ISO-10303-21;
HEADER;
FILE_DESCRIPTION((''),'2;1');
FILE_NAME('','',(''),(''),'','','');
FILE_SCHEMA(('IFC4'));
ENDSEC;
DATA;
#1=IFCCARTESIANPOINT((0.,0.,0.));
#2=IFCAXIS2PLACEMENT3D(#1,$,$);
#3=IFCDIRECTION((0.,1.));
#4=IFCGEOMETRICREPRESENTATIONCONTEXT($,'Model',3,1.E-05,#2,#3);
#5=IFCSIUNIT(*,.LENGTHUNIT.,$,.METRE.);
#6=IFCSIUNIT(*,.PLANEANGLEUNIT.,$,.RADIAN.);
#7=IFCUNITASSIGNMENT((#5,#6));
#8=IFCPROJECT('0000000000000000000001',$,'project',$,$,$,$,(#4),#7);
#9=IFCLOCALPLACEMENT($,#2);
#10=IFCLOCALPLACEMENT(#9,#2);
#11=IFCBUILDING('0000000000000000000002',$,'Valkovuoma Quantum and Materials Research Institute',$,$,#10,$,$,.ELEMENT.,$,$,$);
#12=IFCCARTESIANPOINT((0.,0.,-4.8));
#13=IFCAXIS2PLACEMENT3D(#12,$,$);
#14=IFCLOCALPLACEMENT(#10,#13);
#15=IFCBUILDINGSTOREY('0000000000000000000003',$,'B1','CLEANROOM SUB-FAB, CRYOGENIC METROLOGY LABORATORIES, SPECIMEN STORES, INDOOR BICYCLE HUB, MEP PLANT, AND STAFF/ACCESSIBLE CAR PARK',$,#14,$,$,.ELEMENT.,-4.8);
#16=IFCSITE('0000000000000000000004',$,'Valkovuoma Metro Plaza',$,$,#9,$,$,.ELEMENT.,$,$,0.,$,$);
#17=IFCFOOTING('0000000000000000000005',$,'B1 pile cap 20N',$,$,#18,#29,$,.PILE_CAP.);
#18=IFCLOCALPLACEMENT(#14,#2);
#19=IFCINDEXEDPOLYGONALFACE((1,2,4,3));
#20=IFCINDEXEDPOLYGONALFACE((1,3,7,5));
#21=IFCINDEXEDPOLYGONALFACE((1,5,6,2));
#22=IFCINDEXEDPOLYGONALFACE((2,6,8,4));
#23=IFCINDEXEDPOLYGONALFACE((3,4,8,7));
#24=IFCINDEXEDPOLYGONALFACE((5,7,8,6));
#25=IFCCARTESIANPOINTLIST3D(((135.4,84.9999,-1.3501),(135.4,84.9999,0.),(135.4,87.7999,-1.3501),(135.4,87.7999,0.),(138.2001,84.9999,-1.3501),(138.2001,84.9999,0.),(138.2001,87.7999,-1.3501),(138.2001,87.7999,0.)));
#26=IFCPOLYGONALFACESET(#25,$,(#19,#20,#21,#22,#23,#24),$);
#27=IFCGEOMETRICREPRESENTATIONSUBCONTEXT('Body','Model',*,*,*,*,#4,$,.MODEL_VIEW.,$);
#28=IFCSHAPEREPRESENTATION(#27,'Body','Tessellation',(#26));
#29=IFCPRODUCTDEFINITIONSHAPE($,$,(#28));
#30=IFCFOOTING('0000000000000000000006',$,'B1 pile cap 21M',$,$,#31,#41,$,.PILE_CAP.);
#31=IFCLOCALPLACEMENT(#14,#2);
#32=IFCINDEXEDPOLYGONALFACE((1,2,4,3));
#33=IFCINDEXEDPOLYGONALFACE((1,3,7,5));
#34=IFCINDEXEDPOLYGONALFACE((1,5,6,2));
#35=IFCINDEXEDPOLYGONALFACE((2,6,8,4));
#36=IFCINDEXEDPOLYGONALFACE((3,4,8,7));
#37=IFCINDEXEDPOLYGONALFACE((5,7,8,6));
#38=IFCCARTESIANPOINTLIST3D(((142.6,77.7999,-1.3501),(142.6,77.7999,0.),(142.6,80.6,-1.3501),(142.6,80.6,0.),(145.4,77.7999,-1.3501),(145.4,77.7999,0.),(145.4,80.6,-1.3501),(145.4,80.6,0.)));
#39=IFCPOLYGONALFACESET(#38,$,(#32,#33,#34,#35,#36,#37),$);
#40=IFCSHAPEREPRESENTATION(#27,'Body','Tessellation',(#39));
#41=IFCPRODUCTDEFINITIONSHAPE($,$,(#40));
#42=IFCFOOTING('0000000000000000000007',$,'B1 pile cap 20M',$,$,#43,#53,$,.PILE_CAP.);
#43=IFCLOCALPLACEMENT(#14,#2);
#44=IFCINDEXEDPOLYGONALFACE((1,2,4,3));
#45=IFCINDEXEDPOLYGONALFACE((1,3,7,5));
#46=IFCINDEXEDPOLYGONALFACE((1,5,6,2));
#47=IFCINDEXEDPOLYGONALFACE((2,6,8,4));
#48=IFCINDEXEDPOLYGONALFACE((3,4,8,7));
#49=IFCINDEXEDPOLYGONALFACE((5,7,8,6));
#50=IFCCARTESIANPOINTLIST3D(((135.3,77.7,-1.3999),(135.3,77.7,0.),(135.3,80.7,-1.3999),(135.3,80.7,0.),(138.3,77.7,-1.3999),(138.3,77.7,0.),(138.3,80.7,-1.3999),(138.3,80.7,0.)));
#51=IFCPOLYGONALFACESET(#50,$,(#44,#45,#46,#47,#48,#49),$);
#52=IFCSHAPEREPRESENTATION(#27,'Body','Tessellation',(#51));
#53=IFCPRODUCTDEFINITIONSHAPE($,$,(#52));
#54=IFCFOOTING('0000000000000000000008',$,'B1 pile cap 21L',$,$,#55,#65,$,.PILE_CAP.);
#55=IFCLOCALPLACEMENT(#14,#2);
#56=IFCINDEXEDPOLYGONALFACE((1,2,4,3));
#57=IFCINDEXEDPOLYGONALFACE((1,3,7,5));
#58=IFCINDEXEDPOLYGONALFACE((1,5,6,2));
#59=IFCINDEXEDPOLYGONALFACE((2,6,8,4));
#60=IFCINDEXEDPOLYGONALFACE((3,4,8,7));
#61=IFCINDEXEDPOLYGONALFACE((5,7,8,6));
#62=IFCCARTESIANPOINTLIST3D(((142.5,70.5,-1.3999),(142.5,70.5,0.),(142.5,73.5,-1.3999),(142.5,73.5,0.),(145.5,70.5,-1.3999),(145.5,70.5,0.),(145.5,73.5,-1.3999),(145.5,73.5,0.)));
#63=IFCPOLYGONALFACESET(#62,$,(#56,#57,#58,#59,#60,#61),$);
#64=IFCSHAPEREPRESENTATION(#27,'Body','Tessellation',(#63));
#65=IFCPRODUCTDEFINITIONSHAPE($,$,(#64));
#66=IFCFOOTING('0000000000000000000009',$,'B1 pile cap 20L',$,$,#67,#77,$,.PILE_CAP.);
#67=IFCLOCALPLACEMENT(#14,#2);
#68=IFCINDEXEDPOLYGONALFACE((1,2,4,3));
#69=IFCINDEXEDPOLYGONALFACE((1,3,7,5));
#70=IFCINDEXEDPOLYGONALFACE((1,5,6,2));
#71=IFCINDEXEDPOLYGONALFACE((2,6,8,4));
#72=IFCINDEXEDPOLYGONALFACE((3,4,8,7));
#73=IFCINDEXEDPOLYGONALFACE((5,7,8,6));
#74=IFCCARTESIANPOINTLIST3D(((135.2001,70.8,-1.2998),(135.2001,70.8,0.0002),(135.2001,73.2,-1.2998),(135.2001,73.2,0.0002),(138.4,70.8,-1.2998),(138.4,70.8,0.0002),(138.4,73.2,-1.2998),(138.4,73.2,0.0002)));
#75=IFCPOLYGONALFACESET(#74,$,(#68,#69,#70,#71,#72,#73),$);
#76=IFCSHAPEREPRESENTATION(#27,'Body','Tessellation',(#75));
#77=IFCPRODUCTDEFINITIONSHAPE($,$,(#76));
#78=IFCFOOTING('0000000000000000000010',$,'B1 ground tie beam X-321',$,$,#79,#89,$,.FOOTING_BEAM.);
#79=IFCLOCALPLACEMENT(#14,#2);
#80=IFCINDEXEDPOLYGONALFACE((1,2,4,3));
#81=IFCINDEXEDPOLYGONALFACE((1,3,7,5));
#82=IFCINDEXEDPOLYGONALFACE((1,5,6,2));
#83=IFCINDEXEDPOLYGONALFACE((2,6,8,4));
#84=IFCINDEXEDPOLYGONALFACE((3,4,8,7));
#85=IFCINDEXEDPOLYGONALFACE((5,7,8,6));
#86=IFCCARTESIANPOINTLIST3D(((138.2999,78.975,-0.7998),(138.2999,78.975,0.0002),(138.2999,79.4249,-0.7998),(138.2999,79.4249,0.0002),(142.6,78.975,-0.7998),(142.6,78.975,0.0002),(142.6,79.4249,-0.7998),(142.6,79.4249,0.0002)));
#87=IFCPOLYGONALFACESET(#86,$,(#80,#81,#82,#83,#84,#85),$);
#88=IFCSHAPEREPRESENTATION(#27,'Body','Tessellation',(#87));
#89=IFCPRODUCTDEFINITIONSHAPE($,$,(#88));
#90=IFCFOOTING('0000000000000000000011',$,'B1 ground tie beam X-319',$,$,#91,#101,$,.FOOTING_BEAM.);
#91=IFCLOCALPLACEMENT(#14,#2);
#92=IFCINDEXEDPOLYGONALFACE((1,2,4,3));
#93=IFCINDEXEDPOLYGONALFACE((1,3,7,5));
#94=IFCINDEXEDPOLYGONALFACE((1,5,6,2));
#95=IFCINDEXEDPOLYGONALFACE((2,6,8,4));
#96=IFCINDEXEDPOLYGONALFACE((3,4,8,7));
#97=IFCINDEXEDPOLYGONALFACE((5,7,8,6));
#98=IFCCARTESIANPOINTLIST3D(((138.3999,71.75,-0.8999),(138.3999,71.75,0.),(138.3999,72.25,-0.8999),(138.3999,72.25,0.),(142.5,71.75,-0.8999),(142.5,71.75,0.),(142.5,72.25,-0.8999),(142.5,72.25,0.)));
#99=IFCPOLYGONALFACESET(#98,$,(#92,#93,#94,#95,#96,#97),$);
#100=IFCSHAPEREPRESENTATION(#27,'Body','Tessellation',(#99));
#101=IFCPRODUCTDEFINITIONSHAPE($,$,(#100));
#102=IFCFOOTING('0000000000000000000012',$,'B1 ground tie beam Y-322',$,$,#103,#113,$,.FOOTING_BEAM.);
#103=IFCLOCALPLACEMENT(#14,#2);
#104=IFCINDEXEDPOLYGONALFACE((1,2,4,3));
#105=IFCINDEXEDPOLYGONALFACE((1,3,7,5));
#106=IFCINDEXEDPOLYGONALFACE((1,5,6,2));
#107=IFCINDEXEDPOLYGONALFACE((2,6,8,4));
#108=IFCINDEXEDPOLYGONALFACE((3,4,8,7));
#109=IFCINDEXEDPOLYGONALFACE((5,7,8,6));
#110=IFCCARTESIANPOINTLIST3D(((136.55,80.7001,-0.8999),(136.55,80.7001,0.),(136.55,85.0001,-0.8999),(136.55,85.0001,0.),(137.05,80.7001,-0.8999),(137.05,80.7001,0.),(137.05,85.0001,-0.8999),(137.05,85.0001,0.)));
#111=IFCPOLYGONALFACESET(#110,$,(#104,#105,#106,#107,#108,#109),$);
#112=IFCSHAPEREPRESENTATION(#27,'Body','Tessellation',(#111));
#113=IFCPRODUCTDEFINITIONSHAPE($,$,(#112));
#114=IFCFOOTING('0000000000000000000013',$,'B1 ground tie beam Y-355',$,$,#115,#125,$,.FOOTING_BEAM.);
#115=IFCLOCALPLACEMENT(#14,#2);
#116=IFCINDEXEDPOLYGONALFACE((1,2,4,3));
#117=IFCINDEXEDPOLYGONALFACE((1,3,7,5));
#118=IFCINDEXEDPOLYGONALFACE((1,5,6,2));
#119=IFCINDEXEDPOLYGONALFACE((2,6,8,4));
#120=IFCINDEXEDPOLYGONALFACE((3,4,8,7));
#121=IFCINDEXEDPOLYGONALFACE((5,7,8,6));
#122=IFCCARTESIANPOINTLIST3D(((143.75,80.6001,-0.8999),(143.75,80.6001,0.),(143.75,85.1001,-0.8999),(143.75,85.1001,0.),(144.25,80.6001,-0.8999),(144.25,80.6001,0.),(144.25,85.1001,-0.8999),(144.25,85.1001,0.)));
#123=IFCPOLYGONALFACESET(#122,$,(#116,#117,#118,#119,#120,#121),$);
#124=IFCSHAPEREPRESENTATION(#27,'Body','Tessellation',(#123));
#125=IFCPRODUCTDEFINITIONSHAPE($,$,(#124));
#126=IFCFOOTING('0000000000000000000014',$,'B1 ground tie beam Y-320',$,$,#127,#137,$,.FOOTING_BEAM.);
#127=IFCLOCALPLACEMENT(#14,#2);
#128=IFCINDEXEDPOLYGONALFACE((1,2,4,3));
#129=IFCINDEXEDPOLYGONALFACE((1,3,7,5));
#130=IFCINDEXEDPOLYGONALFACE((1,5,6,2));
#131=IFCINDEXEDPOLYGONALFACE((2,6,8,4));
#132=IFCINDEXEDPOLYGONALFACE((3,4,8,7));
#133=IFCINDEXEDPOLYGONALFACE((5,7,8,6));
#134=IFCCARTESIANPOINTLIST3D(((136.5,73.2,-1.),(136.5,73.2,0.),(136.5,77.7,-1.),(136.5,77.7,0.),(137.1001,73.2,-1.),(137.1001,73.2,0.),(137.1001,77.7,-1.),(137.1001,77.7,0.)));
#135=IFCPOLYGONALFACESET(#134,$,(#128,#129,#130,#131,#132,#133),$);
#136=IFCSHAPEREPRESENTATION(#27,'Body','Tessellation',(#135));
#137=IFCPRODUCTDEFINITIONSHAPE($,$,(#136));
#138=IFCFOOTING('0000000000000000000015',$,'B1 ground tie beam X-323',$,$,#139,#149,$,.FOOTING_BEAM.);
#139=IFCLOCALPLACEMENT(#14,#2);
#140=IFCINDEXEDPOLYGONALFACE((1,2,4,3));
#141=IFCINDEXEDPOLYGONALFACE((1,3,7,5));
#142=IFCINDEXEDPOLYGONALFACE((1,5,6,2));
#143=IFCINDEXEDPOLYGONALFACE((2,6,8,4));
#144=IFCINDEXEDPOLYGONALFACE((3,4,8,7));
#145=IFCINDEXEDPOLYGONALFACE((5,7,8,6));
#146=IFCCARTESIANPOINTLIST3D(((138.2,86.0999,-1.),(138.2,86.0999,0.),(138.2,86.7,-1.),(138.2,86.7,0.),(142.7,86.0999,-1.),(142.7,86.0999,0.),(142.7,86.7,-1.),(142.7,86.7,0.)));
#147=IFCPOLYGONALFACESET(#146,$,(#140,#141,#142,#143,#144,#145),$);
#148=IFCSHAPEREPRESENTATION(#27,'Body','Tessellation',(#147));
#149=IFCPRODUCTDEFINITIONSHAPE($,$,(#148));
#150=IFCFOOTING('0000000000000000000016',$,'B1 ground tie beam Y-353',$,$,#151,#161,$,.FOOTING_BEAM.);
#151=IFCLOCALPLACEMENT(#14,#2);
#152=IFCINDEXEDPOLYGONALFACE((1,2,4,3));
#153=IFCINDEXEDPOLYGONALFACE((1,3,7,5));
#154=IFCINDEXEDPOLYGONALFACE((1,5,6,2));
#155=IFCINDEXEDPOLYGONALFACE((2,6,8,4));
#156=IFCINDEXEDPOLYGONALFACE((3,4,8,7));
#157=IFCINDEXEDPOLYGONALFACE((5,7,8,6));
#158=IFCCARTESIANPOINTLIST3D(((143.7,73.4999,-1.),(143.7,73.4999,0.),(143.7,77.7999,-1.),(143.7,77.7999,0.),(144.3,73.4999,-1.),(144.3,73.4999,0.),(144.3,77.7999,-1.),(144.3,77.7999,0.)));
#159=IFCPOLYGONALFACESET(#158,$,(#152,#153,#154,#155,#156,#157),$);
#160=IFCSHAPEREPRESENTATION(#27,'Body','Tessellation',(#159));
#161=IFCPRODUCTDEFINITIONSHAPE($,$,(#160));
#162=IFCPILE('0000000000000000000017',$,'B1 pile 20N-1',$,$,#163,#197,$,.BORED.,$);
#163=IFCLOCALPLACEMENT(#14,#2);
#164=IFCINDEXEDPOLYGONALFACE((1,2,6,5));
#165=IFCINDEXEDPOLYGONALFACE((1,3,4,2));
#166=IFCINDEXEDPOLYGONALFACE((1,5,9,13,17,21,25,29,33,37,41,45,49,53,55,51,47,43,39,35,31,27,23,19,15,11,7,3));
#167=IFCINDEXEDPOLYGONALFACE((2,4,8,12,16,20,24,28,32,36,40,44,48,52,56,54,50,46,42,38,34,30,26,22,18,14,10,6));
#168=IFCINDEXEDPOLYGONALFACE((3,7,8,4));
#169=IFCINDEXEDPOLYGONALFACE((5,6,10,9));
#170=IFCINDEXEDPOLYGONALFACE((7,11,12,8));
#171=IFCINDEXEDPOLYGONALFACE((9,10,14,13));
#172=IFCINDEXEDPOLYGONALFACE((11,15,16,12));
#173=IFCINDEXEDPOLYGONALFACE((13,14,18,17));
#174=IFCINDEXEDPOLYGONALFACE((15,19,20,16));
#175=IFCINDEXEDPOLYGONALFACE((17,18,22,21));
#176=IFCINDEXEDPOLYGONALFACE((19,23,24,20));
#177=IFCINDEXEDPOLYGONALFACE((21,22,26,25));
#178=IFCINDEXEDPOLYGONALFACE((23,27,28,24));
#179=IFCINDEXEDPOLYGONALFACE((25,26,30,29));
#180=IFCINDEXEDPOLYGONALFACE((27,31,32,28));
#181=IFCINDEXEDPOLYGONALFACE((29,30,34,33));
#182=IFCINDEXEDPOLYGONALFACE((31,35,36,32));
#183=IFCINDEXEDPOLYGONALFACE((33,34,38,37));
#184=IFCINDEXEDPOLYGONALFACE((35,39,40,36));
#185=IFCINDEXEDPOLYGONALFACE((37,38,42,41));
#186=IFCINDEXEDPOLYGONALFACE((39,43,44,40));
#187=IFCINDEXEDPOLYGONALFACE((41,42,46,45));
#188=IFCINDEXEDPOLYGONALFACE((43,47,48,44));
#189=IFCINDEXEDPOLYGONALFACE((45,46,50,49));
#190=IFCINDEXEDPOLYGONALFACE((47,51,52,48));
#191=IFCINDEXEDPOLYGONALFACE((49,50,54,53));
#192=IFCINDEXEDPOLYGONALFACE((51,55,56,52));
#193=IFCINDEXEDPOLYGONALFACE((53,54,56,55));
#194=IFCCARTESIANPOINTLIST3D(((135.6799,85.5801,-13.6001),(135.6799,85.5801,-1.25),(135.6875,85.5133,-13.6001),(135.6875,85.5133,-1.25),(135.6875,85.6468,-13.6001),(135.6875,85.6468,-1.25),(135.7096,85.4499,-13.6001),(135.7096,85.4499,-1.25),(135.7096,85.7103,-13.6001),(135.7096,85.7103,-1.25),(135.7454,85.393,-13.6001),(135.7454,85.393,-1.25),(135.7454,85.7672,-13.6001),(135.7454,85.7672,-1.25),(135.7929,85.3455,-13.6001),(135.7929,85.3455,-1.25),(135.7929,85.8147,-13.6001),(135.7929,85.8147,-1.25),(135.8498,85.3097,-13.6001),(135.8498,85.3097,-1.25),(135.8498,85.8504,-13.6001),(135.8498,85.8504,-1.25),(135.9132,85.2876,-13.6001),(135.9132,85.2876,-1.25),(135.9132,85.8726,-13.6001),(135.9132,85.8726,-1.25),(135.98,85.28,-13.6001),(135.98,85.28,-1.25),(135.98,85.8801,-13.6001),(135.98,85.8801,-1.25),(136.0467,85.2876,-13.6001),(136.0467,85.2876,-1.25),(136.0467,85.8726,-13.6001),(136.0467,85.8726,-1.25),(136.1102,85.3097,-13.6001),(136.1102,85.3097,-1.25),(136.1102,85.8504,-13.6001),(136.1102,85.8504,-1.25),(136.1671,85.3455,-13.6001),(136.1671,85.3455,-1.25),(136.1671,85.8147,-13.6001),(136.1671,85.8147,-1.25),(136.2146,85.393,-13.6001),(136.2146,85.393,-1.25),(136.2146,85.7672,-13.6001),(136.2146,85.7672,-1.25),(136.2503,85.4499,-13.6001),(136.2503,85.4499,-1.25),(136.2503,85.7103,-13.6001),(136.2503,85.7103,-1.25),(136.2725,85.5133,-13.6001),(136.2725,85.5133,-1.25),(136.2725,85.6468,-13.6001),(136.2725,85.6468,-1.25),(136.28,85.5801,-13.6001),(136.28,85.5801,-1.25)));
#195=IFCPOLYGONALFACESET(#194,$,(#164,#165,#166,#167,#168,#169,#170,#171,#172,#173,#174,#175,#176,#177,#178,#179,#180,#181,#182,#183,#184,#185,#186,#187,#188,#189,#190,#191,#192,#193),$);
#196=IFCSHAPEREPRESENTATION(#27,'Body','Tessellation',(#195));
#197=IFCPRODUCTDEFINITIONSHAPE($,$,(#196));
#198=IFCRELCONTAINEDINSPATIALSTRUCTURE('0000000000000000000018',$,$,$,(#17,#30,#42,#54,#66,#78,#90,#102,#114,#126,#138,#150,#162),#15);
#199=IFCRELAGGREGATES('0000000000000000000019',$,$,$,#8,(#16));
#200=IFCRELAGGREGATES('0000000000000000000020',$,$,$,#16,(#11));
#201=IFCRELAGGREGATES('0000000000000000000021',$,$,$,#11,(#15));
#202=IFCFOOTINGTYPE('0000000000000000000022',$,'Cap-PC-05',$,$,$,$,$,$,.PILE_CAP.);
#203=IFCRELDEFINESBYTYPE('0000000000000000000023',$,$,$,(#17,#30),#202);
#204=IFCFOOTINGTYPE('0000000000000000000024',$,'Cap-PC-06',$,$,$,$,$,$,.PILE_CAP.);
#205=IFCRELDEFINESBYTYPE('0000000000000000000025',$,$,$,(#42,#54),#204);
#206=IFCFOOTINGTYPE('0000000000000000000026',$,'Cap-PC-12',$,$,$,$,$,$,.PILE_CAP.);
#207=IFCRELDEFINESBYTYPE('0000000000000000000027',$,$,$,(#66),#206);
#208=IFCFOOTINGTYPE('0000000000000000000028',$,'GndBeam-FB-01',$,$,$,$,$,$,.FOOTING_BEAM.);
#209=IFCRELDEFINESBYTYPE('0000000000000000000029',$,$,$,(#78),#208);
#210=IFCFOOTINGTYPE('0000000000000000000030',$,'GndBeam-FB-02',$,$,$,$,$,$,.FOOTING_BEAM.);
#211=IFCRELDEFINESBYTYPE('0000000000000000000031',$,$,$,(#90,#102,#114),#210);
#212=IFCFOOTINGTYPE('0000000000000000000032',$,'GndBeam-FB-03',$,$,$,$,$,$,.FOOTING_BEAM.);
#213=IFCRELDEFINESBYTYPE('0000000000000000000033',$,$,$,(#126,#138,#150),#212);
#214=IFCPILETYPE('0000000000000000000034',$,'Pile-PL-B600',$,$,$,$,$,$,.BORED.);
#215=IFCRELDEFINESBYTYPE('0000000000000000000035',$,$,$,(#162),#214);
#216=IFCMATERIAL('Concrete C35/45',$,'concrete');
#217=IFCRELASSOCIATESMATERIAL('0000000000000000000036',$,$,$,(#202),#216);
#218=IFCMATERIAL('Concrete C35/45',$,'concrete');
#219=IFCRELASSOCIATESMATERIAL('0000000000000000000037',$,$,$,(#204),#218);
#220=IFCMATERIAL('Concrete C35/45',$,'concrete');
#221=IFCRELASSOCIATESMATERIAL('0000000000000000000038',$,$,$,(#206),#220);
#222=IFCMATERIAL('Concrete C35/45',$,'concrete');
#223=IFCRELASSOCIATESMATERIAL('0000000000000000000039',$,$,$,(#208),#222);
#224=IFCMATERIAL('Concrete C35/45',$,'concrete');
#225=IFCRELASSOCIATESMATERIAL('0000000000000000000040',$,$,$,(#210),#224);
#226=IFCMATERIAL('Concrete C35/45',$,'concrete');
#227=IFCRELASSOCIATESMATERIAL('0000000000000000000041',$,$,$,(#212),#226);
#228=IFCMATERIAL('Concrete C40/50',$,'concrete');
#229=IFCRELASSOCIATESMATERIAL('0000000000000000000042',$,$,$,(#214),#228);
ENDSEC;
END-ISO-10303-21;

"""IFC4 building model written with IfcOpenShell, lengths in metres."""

from ifc_helpers import new_model, si_unit, direction, frame, origin, origin_2d, place, context, subcontext, project, spatial, rectangle, circle, extrude, material, material_profile, profile_set, type_object, element, save


model = new_model("IFC4")

# Units and contexts
model_context = context("Model", 3, precision=1e-05, world=origin(), true_north=direction((0.0, 1.0)))
body_context = subcontext(model_context, "Body", "Model", "MODEL_VIEW")
ifc_project = project(units=[si_unit("LENGTHUNIT", "METRE"), si_unit("PLANEANGLEUNIT", "RADIAN")], contexts=[model_context])

# Site, building, storey
site_placement = place(None, origin())
site = spatial("IfcSite", under=ifc_project, at=site_placement, Name="Valkovuoma Metro Plaza", CompositionType="ELEMENT", RefElevation=0.0)
building_placement = place(site_placement, origin())
building = spatial("IfcBuilding", under=site, at=building_placement, Name="Valkovuoma Quantum and Materials Research Institute", CompositionType="ELEMENT")
storey_placement = place(building_placement, frame((0.0, 0.0, -4.8)))
storey = spatial("IfcBuildingStorey", under=building, at=storey_placement, Name="B1", Description="CLEANROOM SUB-FAB, CRYOGENIC METROLOGY LABORATORIES, SPECIMEN STORES, INDOOR BICYCLE HUB, MEP PLANT, AND STAFF/ACCESSIBLE CAR PARK", CompositionType="ELEMENT", Elevation=-4.8)

# Footings
ifc_material_1 = material(Name="Concrete C35/45", Category="concrete")
footing_type_1 = type_object("IfcFootingType", Name="Cap-PC-05", PredefinedType="PILE_CAP", material=ifc_material_1)
for number, where, z_axis, x_axis, name in (
    (1, (136.8, 86.3999, -1.3501), (0.0, 0.0, 1.0), (1.0, 0.0, 0.0), "B1 pile cap 20N"),
    (2, (144.0, 79.2, -1.3501), (0.0, 0.0, 1.0), (1.0, 0.0, 0.0), "B1 pile cap 21M"),
):
    element("IfcFooting", number, at=place(storey_placement, frame(where, z_axis=z_axis, x_axis=x_axis)), inside=storey, type_object=footing_type_1, Name=name, PredefinedType="PILE_CAP", context=body_context, shape_type="SweptSolid", body=[
        extrude(rectangle(XDim=2.8, YDim=2.8, at=origin_2d()), origin(), (0.0, 0.0, 1.0), 1.3501),
    ])
ifc_material_2 = material(Name="Concrete C35/45", Category="concrete")
footing_type_2 = type_object("IfcFootingType", Name="Cap-PC-06", PredefinedType="PILE_CAP", material=ifc_material_2)
for number, where, z_axis, x_axis, name in (
    (3, (136.8, 79.2, -1.3999), (0.0, 0.0, 1.0), (1.0, 0.0, 0.0), "B1 pile cap 20M"),
    (4, (144.0, 72.0, -1.3999), (0.0, 0.0, 1.0), (1.0, 0.0, 0.0), "B1 pile cap 21L"),
):
    element("IfcFooting", number, at=place(storey_placement, frame(where, z_axis=z_axis, x_axis=x_axis)), inside=storey, type_object=footing_type_2, Name=name, PredefinedType="PILE_CAP", context=body_context, shape_type="SweptSolid", body=[
        extrude(rectangle(XDim=3.0, YDim=3.0, at=origin_2d()), origin(), (0.0, 0.0, 1.0), 1.3999),
    ])
ifc_material_3 = material(Name="Concrete C35/45", Category="concrete")
footing_type_3 = type_object("IfcFootingType", Name="Cap-PC-12", PredefinedType="PILE_CAP", material=ifc_material_3)
footing_1_placement = place(storey_placement, frame((136.8, 72.0, -1.2998), z_axis=(0.0, 0.0, 1.0), x_axis=(1.0, 0.0, 0.0)))
element("IfcFooting", 5, at=footing_1_placement, inside=storey, type_object=footing_type_3, Name="B1 pile cap 20L", PredefinedType="PILE_CAP", context=body_context, shape_type="SweptSolid", body=[
    extrude(rectangle(XDim=3.2, YDim=2.3999, at=origin_2d()), origin(), (0.0, 0.0, 1.0), 1.3),
])
ifc_material_4 = material(Name="Concrete C35/45", Category="concrete")
footing_type_4 = type_object("IfcFootingType", Name="GndBeam-FB-01", PredefinedType="FOOTING_BEAM", material=ifc_material_4)
footing_2_placement = place(storey_placement, frame((140.45, 79.2, -0.7998), z_axis=(0.0, 0.0, 1.0), x_axis=(1.0, 0.0, 0.0)))
element("IfcFooting", 6, at=footing_2_placement, inside=storey, type_object=footing_type_4, Name="B1 ground tie beam X-321", PredefinedType="FOOTING_BEAM", context=body_context, shape_type="SweptSolid", body=[
    extrude(rectangle(XDim=4.3, YDim=0.45, at=origin_2d()), origin(), (0.0, 0.0, 1.0), 0.8),
])
ifc_material_5 = material(Name="Concrete C35/45", Category="concrete")
footing_type_5 = type_object("IfcFootingType", Name="GndBeam-FB-02", PredefinedType="FOOTING_BEAM", material=ifc_material_5)
footing_3_placement = place(storey_placement, frame((140.45, 72.0, -0.8999), z_axis=(0.0, 0.0, 1.0), x_axis=(1.0, 0.0, 0.0)))
element("IfcFooting", 7, at=footing_3_placement, inside=storey, type_object=footing_type_5, Name="B1 ground tie beam X-319", PredefinedType="FOOTING_BEAM", context=body_context, shape_type="SweptSolid", body=[
    extrude(rectangle(XDim=4.1001, YDim=0.5, at=origin_2d()), origin(), (0.0, 0.0, 1.0), 0.8999),
])
footing_4_placement = place(storey_placement, frame((136.8, 82.8501, -0.8999), z_axis=(0.0, 0.0, 1.0), x_axis=(0.0, 1.0, 0.0)))
element("IfcFooting", 8, at=footing_4_placement, inside=storey, type_object=footing_type_5, Name="B1 ground tie beam Y-322", PredefinedType="FOOTING_BEAM", context=body_context, shape_type="SweptSolid", body=[
    extrude(rectangle(XDim=4.3, YDim=0.5, at=origin_2d()), origin(), (0.0, 0.0, 1.0), 0.8999),
])
footing_5_placement = place(storey_placement, frame((144.0, 82.8501, -0.8999), z_axis=(0.0, 0.0, 1.0), x_axis=(0.0, 1.0, 0.0)))
element("IfcFooting", 9, at=footing_5_placement, inside=storey, type_object=footing_type_5, Name="B1 ground tie beam Y-355", PredefinedType="FOOTING_BEAM", context=body_context, shape_type="SweptSolid", body=[
    extrude(rectangle(XDim=4.5, YDim=0.5, at=origin_2d()), origin(), (0.0, 0.0, 1.0), 0.8999),
])
ifc_material_6 = material(Name="Concrete C35/45", Category="concrete")
footing_type_6 = type_object("IfcFootingType", Name="GndBeam-FB-03", PredefinedType="FOOTING_BEAM", material=ifc_material_6)
for number, where, z_axis, x_axis, name in (
    (10, (136.8, 75.45, -1.0), (0.0, 0.0, 1.0), (0.0, 1.0, 0.0), "B1 ground tie beam Y-320"),
    (11, (140.45, 86.3999, -1.0), (0.0, 0.0, 1.0), (1.0, 0.0, 0.0), "B1 ground tie beam X-323"),
):
    element("IfcFooting", number, at=place(storey_placement, frame(where, z_axis=z_axis, x_axis=x_axis)), inside=storey, type_object=footing_type_6, Name=name, PredefinedType="FOOTING_BEAM", context=body_context, shape_type="SweptSolid", body=[
        extrude(rectangle(XDim=4.5, YDim=0.6001, at=origin_2d()), origin(), (0.0, 0.0, 1.0), 1.0),
    ])
footing_6_placement = place(storey_placement, frame((144.0, 75.6499, -1.0), z_axis=(0.0, 0.0, 1.0), x_axis=(0.0, 1.0, 0.0)))
element("IfcFooting", 12, at=footing_6_placement, inside=storey, type_object=footing_type_6, Name="B1 ground tie beam Y-353", PredefinedType="FOOTING_BEAM", context=body_context, shape_type="SweptSolid", body=[
    extrude(rectangle(XDim=4.3, YDim=0.6001, at=origin_2d()), origin(), (0.0, 0.0, 1.0), 1.0),
])

# Pile
ifc_material_7 = material(Name="Concrete C40/50", Category="concrete")
ifc_material_profile_1 = material_profile(ifc_material_7, circle(Radius=0.3, at=origin_2d()), Name="Concrete C40/50")
ifc_profile_set_1 = profile_set([ifc_material_profile_1], Name="Concrete C40/50")
pile_type_1 = type_object("IfcPileType", Name="Pile-PL-B600", PredefinedType="BORED", material=ifc_profile_set_1)
for number, where, z_axis, x_axis, name in (
    (13, (135.98, 85.5801, -1.25), (0.0, 0.0, -1.0), (1.0, 0.0, 0.0), "B1 pile 20N-1"),
):
    element("IfcPile", number, at=place(storey_placement, frame(where, z_axis=z_axis, x_axis=x_axis)), inside=storey, type_object=pile_type_1, Name=name, PredefinedType="BORED", context=body_context, shape_type="SweptSolid", body=[
        extrude(circle(Radius=0.3, at=origin_2d()), origin(), (0.0, 0.0, 1.0), 12.3501),
    ])

save(model, "model.ifc")
